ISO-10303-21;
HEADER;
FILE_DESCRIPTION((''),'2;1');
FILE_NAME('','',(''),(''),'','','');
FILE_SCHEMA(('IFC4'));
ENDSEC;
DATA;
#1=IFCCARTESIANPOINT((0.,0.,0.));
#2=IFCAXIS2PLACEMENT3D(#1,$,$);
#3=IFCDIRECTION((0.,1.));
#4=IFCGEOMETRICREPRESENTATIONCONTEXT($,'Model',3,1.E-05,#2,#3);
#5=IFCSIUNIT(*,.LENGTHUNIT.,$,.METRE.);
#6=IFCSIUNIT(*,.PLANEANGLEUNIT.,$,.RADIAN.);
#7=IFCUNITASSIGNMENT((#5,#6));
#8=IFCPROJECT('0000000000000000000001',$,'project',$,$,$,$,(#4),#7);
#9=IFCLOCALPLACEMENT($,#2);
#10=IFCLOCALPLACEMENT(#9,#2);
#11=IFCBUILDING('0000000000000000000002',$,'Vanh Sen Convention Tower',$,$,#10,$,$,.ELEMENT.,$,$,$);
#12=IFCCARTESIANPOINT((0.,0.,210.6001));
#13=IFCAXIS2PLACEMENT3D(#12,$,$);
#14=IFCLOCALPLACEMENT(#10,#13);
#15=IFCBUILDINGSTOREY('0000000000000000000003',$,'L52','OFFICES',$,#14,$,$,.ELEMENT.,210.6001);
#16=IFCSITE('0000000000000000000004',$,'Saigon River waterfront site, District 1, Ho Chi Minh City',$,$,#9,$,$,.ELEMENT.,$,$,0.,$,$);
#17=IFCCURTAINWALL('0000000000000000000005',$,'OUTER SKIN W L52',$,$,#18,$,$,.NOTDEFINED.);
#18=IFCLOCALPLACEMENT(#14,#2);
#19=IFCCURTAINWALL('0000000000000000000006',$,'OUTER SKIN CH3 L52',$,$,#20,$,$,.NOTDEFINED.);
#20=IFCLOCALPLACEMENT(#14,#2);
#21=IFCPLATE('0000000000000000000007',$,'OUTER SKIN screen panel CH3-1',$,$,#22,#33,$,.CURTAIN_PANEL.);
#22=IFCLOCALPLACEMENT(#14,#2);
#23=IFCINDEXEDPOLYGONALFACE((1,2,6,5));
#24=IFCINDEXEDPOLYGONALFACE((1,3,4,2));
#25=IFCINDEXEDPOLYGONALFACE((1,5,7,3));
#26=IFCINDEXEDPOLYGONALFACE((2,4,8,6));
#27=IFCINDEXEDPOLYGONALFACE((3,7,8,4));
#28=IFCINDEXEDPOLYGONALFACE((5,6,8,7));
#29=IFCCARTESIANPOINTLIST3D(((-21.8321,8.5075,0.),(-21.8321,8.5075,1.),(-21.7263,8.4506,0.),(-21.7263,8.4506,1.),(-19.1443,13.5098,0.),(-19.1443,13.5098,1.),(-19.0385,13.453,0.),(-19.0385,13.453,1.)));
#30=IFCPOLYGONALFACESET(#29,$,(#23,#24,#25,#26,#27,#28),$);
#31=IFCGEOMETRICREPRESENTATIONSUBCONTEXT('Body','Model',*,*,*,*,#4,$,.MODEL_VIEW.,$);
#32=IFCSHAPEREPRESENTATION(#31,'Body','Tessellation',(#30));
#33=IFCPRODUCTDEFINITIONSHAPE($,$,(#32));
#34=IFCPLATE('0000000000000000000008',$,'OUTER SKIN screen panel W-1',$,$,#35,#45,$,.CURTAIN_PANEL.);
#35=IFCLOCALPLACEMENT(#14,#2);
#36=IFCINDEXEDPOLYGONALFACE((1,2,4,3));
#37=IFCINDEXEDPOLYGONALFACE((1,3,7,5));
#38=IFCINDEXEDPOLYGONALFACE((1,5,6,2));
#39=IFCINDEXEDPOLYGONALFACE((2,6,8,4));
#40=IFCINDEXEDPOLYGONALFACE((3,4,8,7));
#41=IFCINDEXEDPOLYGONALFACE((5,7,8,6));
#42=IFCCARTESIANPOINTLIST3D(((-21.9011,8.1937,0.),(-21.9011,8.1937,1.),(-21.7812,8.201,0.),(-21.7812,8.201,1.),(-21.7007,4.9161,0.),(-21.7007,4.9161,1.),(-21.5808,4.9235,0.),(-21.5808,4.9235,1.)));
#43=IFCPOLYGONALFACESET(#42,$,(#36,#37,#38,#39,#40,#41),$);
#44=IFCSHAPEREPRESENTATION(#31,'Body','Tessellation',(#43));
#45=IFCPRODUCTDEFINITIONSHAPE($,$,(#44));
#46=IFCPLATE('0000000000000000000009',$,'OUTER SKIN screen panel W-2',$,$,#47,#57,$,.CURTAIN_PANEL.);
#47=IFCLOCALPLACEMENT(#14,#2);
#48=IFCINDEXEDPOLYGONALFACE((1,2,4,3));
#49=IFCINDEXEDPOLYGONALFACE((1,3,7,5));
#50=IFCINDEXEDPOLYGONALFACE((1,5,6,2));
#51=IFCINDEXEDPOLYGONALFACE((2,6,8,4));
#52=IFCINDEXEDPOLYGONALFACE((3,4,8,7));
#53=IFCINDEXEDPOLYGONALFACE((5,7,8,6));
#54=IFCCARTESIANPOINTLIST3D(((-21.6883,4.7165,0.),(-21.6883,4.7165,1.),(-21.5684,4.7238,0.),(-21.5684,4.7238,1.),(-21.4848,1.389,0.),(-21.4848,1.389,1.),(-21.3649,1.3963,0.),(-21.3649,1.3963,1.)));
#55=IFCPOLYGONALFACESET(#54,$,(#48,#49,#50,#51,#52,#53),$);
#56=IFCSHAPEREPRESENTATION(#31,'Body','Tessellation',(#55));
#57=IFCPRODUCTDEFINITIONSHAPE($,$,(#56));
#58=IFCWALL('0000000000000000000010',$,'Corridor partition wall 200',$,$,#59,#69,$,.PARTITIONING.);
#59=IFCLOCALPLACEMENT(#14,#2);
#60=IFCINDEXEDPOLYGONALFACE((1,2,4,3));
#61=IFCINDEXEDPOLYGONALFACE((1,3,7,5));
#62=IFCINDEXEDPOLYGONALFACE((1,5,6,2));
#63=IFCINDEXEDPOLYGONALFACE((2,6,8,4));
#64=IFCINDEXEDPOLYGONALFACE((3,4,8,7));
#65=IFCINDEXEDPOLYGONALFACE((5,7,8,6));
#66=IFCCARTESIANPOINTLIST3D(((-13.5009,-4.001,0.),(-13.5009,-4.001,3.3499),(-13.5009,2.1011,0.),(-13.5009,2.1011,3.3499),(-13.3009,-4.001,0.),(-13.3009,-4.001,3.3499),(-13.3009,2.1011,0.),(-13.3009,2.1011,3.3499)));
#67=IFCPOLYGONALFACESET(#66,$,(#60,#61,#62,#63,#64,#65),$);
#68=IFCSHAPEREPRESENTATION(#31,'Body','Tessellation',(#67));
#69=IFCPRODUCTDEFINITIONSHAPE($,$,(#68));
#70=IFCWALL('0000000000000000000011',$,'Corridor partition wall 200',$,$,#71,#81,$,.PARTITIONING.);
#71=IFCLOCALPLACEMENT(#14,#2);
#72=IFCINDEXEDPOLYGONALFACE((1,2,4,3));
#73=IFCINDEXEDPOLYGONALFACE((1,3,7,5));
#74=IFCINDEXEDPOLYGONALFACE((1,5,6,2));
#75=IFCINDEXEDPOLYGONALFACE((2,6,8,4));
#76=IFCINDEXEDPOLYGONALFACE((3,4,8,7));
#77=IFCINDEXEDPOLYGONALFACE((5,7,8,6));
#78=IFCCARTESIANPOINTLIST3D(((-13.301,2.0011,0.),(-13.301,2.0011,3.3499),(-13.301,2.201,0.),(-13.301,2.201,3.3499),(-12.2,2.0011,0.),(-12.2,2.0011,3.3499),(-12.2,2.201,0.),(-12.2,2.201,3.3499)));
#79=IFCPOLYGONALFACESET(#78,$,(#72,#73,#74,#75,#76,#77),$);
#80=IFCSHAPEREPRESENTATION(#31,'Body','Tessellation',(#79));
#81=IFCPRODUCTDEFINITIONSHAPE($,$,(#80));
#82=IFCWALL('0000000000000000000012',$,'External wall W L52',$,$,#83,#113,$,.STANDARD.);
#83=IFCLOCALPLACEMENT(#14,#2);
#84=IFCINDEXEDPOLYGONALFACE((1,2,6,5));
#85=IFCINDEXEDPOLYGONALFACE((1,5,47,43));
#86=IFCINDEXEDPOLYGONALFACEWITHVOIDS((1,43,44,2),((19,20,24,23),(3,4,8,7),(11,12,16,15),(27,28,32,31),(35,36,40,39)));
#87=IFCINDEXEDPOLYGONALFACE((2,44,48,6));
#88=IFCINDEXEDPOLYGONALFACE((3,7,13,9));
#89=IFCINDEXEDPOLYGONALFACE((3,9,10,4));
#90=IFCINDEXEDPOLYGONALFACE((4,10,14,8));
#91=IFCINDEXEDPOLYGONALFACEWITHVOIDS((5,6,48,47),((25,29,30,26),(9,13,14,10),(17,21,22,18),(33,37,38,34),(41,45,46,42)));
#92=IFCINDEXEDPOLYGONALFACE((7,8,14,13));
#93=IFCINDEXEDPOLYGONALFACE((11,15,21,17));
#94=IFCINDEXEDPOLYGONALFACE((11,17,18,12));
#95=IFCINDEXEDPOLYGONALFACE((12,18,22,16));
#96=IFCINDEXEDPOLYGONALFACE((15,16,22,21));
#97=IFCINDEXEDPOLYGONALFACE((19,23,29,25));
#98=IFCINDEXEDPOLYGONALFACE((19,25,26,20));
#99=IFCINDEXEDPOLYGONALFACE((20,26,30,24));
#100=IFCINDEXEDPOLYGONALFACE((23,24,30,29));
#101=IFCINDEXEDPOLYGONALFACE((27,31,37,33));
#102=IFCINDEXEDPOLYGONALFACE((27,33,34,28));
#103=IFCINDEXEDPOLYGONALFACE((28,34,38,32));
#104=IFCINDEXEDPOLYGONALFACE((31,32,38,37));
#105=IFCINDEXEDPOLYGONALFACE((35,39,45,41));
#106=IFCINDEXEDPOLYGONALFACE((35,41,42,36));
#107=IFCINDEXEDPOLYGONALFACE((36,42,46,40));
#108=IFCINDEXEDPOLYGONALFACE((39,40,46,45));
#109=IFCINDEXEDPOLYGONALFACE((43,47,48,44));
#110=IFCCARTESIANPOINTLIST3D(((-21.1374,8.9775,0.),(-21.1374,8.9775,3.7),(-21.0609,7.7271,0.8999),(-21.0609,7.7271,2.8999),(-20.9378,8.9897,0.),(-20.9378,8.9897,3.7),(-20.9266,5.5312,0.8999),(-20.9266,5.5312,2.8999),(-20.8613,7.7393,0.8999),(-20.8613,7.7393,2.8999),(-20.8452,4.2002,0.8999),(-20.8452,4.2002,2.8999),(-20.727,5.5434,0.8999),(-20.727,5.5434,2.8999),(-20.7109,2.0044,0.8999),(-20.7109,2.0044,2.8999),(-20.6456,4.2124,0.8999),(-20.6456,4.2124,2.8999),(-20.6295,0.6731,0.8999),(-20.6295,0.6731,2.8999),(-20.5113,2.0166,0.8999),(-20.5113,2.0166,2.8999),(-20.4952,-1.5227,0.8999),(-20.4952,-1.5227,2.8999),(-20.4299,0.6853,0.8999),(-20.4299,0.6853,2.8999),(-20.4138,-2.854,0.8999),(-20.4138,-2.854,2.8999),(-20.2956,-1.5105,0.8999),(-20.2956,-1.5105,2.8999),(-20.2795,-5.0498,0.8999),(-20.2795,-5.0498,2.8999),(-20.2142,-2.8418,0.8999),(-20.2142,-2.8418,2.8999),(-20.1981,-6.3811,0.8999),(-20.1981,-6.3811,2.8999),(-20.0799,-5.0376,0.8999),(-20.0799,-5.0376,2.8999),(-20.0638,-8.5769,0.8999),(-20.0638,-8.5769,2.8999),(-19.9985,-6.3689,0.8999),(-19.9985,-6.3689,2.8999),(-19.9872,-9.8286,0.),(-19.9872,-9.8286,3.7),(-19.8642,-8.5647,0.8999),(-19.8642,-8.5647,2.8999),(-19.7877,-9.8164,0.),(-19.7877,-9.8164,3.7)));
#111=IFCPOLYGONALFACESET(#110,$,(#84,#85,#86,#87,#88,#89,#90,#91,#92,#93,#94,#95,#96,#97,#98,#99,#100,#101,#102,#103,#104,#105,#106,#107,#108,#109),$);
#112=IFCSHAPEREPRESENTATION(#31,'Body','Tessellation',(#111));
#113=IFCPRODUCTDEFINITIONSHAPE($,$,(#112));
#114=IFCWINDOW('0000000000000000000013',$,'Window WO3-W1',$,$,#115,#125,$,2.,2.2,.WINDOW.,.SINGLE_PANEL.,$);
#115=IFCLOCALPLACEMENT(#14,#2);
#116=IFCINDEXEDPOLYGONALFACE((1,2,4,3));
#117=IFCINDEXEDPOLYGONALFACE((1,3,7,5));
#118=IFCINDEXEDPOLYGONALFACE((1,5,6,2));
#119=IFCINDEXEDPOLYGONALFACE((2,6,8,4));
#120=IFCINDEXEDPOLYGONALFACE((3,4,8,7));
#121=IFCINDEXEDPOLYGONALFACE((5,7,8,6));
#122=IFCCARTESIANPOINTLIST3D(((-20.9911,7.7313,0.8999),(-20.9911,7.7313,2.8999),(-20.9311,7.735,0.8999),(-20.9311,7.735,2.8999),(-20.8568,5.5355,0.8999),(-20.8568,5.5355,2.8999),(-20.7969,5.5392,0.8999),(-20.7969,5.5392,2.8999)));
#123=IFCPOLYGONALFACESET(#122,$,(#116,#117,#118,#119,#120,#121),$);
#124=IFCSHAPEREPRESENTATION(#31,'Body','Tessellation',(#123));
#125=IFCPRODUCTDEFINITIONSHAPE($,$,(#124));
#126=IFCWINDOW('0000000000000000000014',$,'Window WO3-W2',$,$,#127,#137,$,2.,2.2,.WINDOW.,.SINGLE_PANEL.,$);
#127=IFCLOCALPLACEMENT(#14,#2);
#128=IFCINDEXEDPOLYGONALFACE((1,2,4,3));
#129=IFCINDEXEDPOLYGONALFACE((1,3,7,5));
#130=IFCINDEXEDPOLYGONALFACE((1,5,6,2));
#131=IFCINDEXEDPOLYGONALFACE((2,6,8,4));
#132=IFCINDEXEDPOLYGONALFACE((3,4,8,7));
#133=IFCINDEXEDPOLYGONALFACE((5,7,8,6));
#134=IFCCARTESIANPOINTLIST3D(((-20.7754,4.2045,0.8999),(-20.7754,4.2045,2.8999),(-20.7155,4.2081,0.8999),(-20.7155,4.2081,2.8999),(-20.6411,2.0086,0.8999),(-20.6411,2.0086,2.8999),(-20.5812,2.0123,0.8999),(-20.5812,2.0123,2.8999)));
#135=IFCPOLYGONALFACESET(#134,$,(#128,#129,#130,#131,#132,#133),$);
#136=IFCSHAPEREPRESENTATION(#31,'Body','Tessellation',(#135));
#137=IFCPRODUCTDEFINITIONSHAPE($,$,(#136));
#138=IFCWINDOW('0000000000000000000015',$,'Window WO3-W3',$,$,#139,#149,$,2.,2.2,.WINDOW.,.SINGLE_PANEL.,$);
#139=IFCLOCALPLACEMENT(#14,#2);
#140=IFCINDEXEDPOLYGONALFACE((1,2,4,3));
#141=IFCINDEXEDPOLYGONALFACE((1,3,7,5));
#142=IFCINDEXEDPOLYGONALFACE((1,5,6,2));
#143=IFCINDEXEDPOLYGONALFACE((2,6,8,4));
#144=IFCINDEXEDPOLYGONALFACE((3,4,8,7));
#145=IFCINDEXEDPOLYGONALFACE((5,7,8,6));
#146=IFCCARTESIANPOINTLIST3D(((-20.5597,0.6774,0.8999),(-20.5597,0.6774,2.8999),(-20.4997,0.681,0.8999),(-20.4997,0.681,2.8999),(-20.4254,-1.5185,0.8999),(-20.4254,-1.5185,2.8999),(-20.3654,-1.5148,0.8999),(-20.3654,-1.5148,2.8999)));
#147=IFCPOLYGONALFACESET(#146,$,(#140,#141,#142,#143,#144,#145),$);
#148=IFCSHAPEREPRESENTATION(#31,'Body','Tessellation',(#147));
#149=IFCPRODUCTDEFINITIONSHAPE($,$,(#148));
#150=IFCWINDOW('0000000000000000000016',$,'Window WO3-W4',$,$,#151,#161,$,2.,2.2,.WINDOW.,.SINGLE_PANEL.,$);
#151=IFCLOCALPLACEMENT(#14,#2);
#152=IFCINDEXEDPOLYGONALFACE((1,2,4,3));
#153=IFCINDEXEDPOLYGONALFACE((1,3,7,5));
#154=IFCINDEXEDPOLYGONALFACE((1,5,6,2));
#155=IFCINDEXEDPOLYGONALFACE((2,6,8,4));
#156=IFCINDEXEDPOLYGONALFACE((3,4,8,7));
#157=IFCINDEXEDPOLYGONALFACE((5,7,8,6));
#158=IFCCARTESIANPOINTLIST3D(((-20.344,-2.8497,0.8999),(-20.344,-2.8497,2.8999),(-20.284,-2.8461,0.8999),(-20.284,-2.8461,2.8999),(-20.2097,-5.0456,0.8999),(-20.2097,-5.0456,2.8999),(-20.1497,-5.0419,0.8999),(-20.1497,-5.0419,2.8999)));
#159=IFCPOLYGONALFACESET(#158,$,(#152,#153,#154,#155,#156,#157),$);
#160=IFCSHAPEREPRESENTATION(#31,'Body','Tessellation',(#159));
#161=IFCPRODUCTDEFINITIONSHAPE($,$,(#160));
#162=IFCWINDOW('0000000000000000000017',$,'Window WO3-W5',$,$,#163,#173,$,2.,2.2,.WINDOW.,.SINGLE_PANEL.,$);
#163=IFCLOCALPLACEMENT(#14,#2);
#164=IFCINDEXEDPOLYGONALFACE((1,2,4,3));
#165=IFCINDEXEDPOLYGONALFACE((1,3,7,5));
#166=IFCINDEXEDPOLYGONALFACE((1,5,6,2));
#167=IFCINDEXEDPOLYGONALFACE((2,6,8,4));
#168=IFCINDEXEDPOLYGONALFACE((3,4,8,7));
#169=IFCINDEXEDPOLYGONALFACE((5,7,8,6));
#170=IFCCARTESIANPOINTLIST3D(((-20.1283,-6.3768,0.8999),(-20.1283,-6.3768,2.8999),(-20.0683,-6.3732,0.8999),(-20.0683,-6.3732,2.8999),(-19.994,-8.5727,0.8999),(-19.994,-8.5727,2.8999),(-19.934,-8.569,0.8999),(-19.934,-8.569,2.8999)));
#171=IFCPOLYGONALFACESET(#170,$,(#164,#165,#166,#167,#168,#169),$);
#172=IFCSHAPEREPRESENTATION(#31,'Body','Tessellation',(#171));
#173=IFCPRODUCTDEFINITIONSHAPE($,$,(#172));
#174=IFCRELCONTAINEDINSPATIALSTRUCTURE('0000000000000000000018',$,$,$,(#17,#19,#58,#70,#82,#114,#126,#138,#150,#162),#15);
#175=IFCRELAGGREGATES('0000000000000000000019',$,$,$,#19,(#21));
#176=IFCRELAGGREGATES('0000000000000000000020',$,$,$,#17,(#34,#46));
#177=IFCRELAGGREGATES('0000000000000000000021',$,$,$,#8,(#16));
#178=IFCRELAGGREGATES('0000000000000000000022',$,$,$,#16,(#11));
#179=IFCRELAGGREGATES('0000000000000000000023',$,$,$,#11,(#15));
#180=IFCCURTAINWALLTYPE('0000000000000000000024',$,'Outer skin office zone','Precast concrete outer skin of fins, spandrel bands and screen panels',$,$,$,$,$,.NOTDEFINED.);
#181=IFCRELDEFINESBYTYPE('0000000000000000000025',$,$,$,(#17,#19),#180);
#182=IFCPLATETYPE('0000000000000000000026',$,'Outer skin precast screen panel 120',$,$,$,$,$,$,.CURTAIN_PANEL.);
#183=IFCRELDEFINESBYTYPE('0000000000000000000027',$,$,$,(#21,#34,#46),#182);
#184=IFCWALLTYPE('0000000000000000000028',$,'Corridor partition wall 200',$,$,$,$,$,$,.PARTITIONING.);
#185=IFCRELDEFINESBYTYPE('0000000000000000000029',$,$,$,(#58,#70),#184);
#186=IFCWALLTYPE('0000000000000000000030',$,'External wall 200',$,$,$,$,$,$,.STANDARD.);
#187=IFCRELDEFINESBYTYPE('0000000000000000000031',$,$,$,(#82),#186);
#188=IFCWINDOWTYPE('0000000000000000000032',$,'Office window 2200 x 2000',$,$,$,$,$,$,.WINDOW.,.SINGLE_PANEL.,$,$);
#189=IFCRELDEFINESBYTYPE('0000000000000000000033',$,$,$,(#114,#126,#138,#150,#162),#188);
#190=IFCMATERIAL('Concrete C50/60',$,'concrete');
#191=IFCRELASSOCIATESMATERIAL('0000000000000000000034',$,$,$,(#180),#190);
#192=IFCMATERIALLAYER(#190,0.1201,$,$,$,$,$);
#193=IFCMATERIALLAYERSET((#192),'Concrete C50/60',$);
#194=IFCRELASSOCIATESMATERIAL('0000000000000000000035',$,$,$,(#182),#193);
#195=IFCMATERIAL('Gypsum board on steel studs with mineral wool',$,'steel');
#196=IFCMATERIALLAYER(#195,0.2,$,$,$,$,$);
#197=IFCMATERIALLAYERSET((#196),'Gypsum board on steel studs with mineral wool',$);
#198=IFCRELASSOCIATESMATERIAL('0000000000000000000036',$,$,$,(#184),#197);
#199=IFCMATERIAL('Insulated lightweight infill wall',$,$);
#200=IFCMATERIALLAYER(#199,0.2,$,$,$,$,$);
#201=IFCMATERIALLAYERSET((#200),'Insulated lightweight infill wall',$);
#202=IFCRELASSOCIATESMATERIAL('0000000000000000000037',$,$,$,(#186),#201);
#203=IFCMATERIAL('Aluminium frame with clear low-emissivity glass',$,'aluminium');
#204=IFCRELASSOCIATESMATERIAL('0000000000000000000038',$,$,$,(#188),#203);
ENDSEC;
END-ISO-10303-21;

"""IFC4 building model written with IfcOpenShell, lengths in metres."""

from ifc_helpers import new_model, si_unit, direction, frame, frame_2d, origin, origin_2d, place, context, subcontext, project, spatial, rectangle, extrude, material, layer, layer_set, type_object, element, fill, aggregate, save


model = new_model("IFC4")

# Units and contexts
model_context = context("Model", 3, precision=1e-05, world=origin(), true_north=direction((0.0, 1.0)))
body_context = subcontext(model_context, "Body", "Model", "MODEL_VIEW")
ifc_project = project(units=[si_unit("LENGTHUNIT", "METRE"), si_unit("PLANEANGLEUNIT", "RADIAN")], contexts=[model_context])

# Site, building, storey
site_placement = place(None, origin())
site = spatial("IfcSite", under=ifc_project, at=site_placement, Name="Saigon River waterfront site, District 1, Ho Chi Minh City", CompositionType="ELEMENT", RefElevation=0.0)
building_placement = place(site_placement, origin())
building = spatial("IfcBuilding", under=site, at=building_placement, Name="Vanh Sen Convention Tower", CompositionType="ELEMENT")
storey_placement = place(building_placement, frame((0.0, 0.0, 210.6001)))
storey = spatial("IfcBuildingStorey", under=building, at=storey_placement, Name="L52", Description="OFFICES", CompositionType="ELEMENT", Elevation=210.6001)

# Curtain wall
ifc_material_1 = material(Name="Concrete C50/60", Category="concrete")
curtain_wall_type = type_object("IfcCurtainWallType", Name="Outer skin office zone", Description="Precast concrete outer skin of fins, spandrel bands and screen panels", PredefinedType="NOTDEFINED", material=ifc_material_1)
curtain_wall_1_placement = place(storey_placement, origin())
curtain_wall_1 = element("IfcCurtainWall", 1, at=curtain_wall_1_placement, inside=storey, type_object=curtain_wall_type, Name="OUTER SKIN W L52", PredefinedType="NOTDEFINED")

# Curtain wall, plate
curtain_wall_2_placement = place(storey_placement, origin())
curtain_wall_2 = element("IfcCurtainWall", 2, at=curtain_wall_2_placement, inside=storey, type_object=curtain_wall_type, Name="OUTER SKIN CH3 L52", PredefinedType="NOTDEFINED")
ifc_layer_1 = layer(ifc_material_1, 0.1201)
ifc_layer_set_1 = layer_set([ifc_layer_1], Name="Concrete C50/60")
plate_type = type_object("IfcPlateType", Name="Outer skin precast screen panel 120", PredefinedType="CURTAIN_PANEL", material=ifc_layer_set_1)
plate_1_placement = place(storey_placement, frame((-20.4353, 10.9802, 0.0), z_axis=(0.0, 0.0, 1.0), x_axis=(-0.473307, -0.880897, 0.0)))
plate_1 = element("IfcPlate", 3, at=plate_1_placement, type_object=plate_type, Name="OUTER SKIN screen panel CH3-1", PredefinedType="CURTAIN_PANEL", context=body_context, shape_type="SweptSolid", body=[
    extrude(rectangle(XDim=5.6787, YDim=0.1201, at=origin_2d()), origin(), (0.0, 0.0, 1.0), 1.0),
])
aggregate(curtain_wall_2, [plate_1])

# Plates
plate_2_placement = place(storey_placement, frame((-21.741, 6.5586, 0.0), z_axis=(0.0, 0.0, 1.0), x_axis=(0.061043, -0.998135, 0.0)))
plate_2 = element("IfcPlate", 4, at=plate_2_placement, type_object=plate_type, Name="OUTER SKIN screen panel W-1", PredefinedType="CURTAIN_PANEL", context=body_context, shape_type="SweptSolid", body=[
    extrude(rectangle(XDim=3.2837, YDim=0.1201, at=origin_2d()), origin(), (0.0, 0.0, 1.0), 1.0),
])
plate_3_placement = place(storey_placement, frame((-21.5266, 3.0564, 0.0), z_axis=(0.0, 0.0, 1.0), x_axis=(0.061042, -0.998135, 0.0)))
plate_3 = element("IfcPlate", 5, at=plate_3_placement, type_object=plate_type, Name="OUTER SKIN screen panel W-2", PredefinedType="CURTAIN_PANEL", context=body_context, shape_type="SweptSolid", body=[
    extrude(rectangle(XDim=3.3337, YDim=0.1201, at=origin_2d()), origin(), (0.0, 0.0, 1.0), 1.0),
])
aggregate(curtain_wall_1, [plate_2, plate_3])

# Walls
ifc_material_2 = material(Name="Gypsum board on steel studs with mineral wool", Category="steel")
ifc_layer_2 = layer(ifc_material_2, 0.2)
ifc_layer_set_2 = layer_set([ifc_layer_2], Name="Gypsum board on steel studs with mineral wool")
wall_type_1 = type_object("IfcWallType", Name="Corridor partition wall 200", PredefinedType="PARTITIONING", material=ifc_layer_set_2)
wall_1_placement = place(storey_placement, frame((-13.4009, 2.1011, 0.0), z_axis=(0.0, 0.0, 1.0), x_axis=(0.0, -1.0, 0.0)))
element("IfcWall", 6, at=wall_1_placement, inside=storey, type_object=wall_type_1, Name="Corridor partition wall 200", PredefinedType="PARTITIONING", context=body_context, shape_type="SweptSolid", body=[
    extrude(rectangle(XDim=6.1021, YDim=0.2, at=frame_2d((3.051, 0.0))), origin(), (0.0, 0.0, 1.0), 3.3499),
])
wall_2_placement = place(storey_placement, frame((-12.2, 2.1011, 0.0), z_axis=(0.0, 0.0, 1.0), x_axis=(-1.0, 0.0, 0.0)))
element("IfcWall", 7, at=wall_2_placement, inside=storey, type_object=wall_type_1, Name="Corridor partition wall 200", PredefinedType="PARTITIONING", context=body_context, shape_type="SweptSolid", body=[
    extrude(rectangle(XDim=1.1011, YDim=0.2, at=frame_2d((0.5505, 0.0))), origin(), (0.0, 0.0, 1.0), 3.3499),
])

# Wall, openings, windows
ifc_material_3 = material(Name="Insulated lightweight infill wall")
ifc_layer_3 = layer(ifc_material_3, 0.2)
ifc_layer_set_3 = layer_set([ifc_layer_3], Name="Insulated lightweight infill wall")
wall_type_2 = type_object("IfcWallType", Name="External wall 200", PredefinedType="STANDARD", material=ifc_layer_set_3)
wall_3_placement = place(storey_placement, frame((-21.0376, 8.9836, 0.0), z_axis=(0.0, 0.0, 1.0), x_axis=(0.061044, -0.998135, 0.0)))
wall_3 = element("IfcWall", 8, at=wall_3_placement, inside=storey, type_object=wall_type_2, Name="External wall W L52", PredefinedType="STANDARD", context=body_context, shape_type="SweptSolid", body=[
    extrude(rectangle(XDim=18.8413, YDim=0.2, at=frame_2d((9.4207, 0.0))), origin(), (0.0, 0.0, 1.0), 3.7),
])
opening_1_placement = place(wall_3_placement, frame((1.2527, 0.0, 0.8999)))
opening_1 = element("IfcOpeningElement", 9, at=opening_1_placement, cuts=wall_3, PredefinedType="OPENING", context=body_context, shape_type="SweptSolid", body=[
    extrude(rectangle(XDim=2.2, YDim=2.0, at=frame_2d((1.1001, 1.0))), frame((0.0, 0.1099, 0.0), z_axis=(0.0, -1.0, 0.0), x_axis=(1.0, 0.0, 0.0)), (0.0, 0.0, 1.0), 0.22),
])
opening_2_placement = place(wall_3_placement, frame((4.7861, 0.0, 0.8999)))
opening_2 = element("IfcOpeningElement", 10, at=opening_2_placement, cuts=wall_3, PredefinedType="OPENING", context=body_context, shape_type="SweptSolid", body=[
    extrude(rectangle(XDim=2.2, YDim=2.0, at=frame_2d((1.1001, 1.0))), frame((0.0, 0.1099, 0.0), z_axis=(0.0, -1.0, 0.0), x_axis=(1.0, 0.0, 0.0)), (0.0, 0.0, 1.0), 0.22),
])
opening_3_placement = place(wall_3_placement, frame((8.3198, 0.0, 0.8999)))
opening_3 = element("IfcOpeningElement", 11, at=opening_3_placement, cuts=wall_3, PredefinedType="OPENING", context=body_context, shape_type="SweptSolid", body=[
    extrude(rectangle(XDim=2.2, YDim=2.0, at=frame_2d((1.1001, 1.0))), frame((0.0, 0.1099, 0.0), z_axis=(0.0, -1.0, 0.0), x_axis=(1.0, 0.0, 0.0)), (0.0, 0.0, 1.0), 0.22),
])
opening_4_placement = place(wall_3_placement, frame((11.8535, 0.0, 0.8999)))
opening_4 = element("IfcOpeningElement", 12, at=opening_4_placement, cuts=wall_3, PredefinedType="OPENING", context=body_context, shape_type="SweptSolid", body=[
    extrude(rectangle(XDim=2.2, YDim=2.0, at=frame_2d((1.1001, 1.0))), frame((0.0, 0.1099, 0.0), z_axis=(0.0, -1.0, 0.0), x_axis=(1.0, 0.0, 0.0)), (0.0, 0.0, 1.0), 0.22),
])
opening_5_placement = place(wall_3_placement, frame((15.3872, 0.0, 0.8999)))
opening_5 = element("IfcOpeningElement", 13, at=opening_5_placement, cuts=wall_3, PredefinedType="OPENING", context=body_context, shape_type="SweptSolid", body=[
    extrude(rectangle(XDim=2.2, YDim=2.0, at=frame_2d((1.1001, 1.0))), frame((0.0, 0.1099, 0.0), z_axis=(0.0, -1.0, 0.0), x_axis=(1.0, 0.0, 0.0)), (0.0, 0.0, 1.0), 0.22),
])
ifc_material_4 = material(Name="Aluminium frame with clear low-emissivity glass", Category="aluminium")
window_type = type_object("IfcWindowType", Name="Office window 2200 x 2000", PartitioningType="SINGLE_PANEL", PredefinedType="WINDOW", material=ifc_material_4)
window_1_placement = place(opening_1_placement, origin())
window_1 = element("IfcWindow", 14, at=window_1_placement, inside=storey, type_object=window_type, Name="Window WO3-W1", OverallHeight=2.0, OverallWidth=2.2, PartitioningType="SINGLE_PANEL", PredefinedType="WINDOW", context=body_context, shape_type="SweptSolid", body=[
    extrude(rectangle(XDim=2.2, YDim=2.0, at=frame_2d((1.1001, 1.0))), frame((0.0, 0.03, 0.0), z_axis=(0.0, -1.0, 0.0), x_axis=(1.0, 0.0, 0.0)), (0.0, 0.0, 1.0), 0.0601),
])
fill(opening_1, window_1)
window_2_placement = place(opening_2_placement, origin())
window_2 = element("IfcWindow", 15, at=window_2_placement, inside=storey, type_object=window_type, Name="Window WO3-W2", OverallHeight=2.0, OverallWidth=2.2, PartitioningType="SINGLE_PANEL", PredefinedType="WINDOW", context=body_context, shape_type="SweptSolid", body=[
    extrude(rectangle(XDim=2.2, YDim=2.0, at=frame_2d((1.1001, 1.0))), frame((0.0, 0.03, 0.0), z_axis=(0.0, -1.0, 0.0), x_axis=(1.0, 0.0, 0.0)), (0.0, 0.0, 1.0), 0.0601),
])
fill(opening_2, window_2)
window_3_placement = place(opening_3_placement, origin())
window_3 = element("IfcWindow", 16, at=window_3_placement, inside=storey, type_object=window_type, Name="Window WO3-W3", OverallHeight=2.0, OverallWidth=2.2, PartitioningType="SINGLE_PANEL", PredefinedType="WINDOW", context=body_context, shape_type="SweptSolid", body=[
    extrude(rectangle(XDim=2.2, YDim=2.0, at=frame_2d((1.1001, 1.0))), frame((0.0, 0.03, 0.0), z_axis=(0.0, -1.0, 0.0), x_axis=(1.0, 0.0, 0.0)), (0.0, 0.0, 1.0), 0.0601),
])
fill(opening_3, window_3)
window_4_placement = place(opening_4_placement, origin())
window_4 = element("IfcWindow", 17, at=window_4_placement, inside=storey, type_object=window_type, Name="Window WO3-W4", OverallHeight=2.0, OverallWidth=2.2, PartitioningType="SINGLE_PANEL", PredefinedType="WINDOW", context=body_context, shape_type="SweptSolid", body=[
    extrude(rectangle(XDim=2.2, YDim=2.0, at=frame_2d((1.1001, 1.0))), frame((0.0, 0.03, 0.0), z_axis=(0.0, -1.0, 0.0), x_axis=(1.0, 0.0, 0.0)), (0.0, 0.0, 1.0), 0.0601),
])
fill(opening_4, window_4)
window_5_placement = place(opening_5_placement, origin())
window_5 = element("IfcWindow", 18, at=window_5_placement, inside=storey, type_object=window_type, Name="Window WO3-W5", OverallHeight=2.0, OverallWidth=2.2, PartitioningType="SINGLE_PANEL", PredefinedType="WINDOW", context=body_context, shape_type="SweptSolid", body=[
    extrude(rectangle(XDim=2.2, YDim=2.0, at=frame_2d((1.1001, 1.0))), frame((0.0, 0.03, 0.0), z_axis=(0.0, -1.0, 0.0), x_axis=(1.0, 0.0, 0.0)), (0.0, 0.0, 1.0), 0.0601),
])
fill(opening_5, window_5)

save(model, "model.ifc")
